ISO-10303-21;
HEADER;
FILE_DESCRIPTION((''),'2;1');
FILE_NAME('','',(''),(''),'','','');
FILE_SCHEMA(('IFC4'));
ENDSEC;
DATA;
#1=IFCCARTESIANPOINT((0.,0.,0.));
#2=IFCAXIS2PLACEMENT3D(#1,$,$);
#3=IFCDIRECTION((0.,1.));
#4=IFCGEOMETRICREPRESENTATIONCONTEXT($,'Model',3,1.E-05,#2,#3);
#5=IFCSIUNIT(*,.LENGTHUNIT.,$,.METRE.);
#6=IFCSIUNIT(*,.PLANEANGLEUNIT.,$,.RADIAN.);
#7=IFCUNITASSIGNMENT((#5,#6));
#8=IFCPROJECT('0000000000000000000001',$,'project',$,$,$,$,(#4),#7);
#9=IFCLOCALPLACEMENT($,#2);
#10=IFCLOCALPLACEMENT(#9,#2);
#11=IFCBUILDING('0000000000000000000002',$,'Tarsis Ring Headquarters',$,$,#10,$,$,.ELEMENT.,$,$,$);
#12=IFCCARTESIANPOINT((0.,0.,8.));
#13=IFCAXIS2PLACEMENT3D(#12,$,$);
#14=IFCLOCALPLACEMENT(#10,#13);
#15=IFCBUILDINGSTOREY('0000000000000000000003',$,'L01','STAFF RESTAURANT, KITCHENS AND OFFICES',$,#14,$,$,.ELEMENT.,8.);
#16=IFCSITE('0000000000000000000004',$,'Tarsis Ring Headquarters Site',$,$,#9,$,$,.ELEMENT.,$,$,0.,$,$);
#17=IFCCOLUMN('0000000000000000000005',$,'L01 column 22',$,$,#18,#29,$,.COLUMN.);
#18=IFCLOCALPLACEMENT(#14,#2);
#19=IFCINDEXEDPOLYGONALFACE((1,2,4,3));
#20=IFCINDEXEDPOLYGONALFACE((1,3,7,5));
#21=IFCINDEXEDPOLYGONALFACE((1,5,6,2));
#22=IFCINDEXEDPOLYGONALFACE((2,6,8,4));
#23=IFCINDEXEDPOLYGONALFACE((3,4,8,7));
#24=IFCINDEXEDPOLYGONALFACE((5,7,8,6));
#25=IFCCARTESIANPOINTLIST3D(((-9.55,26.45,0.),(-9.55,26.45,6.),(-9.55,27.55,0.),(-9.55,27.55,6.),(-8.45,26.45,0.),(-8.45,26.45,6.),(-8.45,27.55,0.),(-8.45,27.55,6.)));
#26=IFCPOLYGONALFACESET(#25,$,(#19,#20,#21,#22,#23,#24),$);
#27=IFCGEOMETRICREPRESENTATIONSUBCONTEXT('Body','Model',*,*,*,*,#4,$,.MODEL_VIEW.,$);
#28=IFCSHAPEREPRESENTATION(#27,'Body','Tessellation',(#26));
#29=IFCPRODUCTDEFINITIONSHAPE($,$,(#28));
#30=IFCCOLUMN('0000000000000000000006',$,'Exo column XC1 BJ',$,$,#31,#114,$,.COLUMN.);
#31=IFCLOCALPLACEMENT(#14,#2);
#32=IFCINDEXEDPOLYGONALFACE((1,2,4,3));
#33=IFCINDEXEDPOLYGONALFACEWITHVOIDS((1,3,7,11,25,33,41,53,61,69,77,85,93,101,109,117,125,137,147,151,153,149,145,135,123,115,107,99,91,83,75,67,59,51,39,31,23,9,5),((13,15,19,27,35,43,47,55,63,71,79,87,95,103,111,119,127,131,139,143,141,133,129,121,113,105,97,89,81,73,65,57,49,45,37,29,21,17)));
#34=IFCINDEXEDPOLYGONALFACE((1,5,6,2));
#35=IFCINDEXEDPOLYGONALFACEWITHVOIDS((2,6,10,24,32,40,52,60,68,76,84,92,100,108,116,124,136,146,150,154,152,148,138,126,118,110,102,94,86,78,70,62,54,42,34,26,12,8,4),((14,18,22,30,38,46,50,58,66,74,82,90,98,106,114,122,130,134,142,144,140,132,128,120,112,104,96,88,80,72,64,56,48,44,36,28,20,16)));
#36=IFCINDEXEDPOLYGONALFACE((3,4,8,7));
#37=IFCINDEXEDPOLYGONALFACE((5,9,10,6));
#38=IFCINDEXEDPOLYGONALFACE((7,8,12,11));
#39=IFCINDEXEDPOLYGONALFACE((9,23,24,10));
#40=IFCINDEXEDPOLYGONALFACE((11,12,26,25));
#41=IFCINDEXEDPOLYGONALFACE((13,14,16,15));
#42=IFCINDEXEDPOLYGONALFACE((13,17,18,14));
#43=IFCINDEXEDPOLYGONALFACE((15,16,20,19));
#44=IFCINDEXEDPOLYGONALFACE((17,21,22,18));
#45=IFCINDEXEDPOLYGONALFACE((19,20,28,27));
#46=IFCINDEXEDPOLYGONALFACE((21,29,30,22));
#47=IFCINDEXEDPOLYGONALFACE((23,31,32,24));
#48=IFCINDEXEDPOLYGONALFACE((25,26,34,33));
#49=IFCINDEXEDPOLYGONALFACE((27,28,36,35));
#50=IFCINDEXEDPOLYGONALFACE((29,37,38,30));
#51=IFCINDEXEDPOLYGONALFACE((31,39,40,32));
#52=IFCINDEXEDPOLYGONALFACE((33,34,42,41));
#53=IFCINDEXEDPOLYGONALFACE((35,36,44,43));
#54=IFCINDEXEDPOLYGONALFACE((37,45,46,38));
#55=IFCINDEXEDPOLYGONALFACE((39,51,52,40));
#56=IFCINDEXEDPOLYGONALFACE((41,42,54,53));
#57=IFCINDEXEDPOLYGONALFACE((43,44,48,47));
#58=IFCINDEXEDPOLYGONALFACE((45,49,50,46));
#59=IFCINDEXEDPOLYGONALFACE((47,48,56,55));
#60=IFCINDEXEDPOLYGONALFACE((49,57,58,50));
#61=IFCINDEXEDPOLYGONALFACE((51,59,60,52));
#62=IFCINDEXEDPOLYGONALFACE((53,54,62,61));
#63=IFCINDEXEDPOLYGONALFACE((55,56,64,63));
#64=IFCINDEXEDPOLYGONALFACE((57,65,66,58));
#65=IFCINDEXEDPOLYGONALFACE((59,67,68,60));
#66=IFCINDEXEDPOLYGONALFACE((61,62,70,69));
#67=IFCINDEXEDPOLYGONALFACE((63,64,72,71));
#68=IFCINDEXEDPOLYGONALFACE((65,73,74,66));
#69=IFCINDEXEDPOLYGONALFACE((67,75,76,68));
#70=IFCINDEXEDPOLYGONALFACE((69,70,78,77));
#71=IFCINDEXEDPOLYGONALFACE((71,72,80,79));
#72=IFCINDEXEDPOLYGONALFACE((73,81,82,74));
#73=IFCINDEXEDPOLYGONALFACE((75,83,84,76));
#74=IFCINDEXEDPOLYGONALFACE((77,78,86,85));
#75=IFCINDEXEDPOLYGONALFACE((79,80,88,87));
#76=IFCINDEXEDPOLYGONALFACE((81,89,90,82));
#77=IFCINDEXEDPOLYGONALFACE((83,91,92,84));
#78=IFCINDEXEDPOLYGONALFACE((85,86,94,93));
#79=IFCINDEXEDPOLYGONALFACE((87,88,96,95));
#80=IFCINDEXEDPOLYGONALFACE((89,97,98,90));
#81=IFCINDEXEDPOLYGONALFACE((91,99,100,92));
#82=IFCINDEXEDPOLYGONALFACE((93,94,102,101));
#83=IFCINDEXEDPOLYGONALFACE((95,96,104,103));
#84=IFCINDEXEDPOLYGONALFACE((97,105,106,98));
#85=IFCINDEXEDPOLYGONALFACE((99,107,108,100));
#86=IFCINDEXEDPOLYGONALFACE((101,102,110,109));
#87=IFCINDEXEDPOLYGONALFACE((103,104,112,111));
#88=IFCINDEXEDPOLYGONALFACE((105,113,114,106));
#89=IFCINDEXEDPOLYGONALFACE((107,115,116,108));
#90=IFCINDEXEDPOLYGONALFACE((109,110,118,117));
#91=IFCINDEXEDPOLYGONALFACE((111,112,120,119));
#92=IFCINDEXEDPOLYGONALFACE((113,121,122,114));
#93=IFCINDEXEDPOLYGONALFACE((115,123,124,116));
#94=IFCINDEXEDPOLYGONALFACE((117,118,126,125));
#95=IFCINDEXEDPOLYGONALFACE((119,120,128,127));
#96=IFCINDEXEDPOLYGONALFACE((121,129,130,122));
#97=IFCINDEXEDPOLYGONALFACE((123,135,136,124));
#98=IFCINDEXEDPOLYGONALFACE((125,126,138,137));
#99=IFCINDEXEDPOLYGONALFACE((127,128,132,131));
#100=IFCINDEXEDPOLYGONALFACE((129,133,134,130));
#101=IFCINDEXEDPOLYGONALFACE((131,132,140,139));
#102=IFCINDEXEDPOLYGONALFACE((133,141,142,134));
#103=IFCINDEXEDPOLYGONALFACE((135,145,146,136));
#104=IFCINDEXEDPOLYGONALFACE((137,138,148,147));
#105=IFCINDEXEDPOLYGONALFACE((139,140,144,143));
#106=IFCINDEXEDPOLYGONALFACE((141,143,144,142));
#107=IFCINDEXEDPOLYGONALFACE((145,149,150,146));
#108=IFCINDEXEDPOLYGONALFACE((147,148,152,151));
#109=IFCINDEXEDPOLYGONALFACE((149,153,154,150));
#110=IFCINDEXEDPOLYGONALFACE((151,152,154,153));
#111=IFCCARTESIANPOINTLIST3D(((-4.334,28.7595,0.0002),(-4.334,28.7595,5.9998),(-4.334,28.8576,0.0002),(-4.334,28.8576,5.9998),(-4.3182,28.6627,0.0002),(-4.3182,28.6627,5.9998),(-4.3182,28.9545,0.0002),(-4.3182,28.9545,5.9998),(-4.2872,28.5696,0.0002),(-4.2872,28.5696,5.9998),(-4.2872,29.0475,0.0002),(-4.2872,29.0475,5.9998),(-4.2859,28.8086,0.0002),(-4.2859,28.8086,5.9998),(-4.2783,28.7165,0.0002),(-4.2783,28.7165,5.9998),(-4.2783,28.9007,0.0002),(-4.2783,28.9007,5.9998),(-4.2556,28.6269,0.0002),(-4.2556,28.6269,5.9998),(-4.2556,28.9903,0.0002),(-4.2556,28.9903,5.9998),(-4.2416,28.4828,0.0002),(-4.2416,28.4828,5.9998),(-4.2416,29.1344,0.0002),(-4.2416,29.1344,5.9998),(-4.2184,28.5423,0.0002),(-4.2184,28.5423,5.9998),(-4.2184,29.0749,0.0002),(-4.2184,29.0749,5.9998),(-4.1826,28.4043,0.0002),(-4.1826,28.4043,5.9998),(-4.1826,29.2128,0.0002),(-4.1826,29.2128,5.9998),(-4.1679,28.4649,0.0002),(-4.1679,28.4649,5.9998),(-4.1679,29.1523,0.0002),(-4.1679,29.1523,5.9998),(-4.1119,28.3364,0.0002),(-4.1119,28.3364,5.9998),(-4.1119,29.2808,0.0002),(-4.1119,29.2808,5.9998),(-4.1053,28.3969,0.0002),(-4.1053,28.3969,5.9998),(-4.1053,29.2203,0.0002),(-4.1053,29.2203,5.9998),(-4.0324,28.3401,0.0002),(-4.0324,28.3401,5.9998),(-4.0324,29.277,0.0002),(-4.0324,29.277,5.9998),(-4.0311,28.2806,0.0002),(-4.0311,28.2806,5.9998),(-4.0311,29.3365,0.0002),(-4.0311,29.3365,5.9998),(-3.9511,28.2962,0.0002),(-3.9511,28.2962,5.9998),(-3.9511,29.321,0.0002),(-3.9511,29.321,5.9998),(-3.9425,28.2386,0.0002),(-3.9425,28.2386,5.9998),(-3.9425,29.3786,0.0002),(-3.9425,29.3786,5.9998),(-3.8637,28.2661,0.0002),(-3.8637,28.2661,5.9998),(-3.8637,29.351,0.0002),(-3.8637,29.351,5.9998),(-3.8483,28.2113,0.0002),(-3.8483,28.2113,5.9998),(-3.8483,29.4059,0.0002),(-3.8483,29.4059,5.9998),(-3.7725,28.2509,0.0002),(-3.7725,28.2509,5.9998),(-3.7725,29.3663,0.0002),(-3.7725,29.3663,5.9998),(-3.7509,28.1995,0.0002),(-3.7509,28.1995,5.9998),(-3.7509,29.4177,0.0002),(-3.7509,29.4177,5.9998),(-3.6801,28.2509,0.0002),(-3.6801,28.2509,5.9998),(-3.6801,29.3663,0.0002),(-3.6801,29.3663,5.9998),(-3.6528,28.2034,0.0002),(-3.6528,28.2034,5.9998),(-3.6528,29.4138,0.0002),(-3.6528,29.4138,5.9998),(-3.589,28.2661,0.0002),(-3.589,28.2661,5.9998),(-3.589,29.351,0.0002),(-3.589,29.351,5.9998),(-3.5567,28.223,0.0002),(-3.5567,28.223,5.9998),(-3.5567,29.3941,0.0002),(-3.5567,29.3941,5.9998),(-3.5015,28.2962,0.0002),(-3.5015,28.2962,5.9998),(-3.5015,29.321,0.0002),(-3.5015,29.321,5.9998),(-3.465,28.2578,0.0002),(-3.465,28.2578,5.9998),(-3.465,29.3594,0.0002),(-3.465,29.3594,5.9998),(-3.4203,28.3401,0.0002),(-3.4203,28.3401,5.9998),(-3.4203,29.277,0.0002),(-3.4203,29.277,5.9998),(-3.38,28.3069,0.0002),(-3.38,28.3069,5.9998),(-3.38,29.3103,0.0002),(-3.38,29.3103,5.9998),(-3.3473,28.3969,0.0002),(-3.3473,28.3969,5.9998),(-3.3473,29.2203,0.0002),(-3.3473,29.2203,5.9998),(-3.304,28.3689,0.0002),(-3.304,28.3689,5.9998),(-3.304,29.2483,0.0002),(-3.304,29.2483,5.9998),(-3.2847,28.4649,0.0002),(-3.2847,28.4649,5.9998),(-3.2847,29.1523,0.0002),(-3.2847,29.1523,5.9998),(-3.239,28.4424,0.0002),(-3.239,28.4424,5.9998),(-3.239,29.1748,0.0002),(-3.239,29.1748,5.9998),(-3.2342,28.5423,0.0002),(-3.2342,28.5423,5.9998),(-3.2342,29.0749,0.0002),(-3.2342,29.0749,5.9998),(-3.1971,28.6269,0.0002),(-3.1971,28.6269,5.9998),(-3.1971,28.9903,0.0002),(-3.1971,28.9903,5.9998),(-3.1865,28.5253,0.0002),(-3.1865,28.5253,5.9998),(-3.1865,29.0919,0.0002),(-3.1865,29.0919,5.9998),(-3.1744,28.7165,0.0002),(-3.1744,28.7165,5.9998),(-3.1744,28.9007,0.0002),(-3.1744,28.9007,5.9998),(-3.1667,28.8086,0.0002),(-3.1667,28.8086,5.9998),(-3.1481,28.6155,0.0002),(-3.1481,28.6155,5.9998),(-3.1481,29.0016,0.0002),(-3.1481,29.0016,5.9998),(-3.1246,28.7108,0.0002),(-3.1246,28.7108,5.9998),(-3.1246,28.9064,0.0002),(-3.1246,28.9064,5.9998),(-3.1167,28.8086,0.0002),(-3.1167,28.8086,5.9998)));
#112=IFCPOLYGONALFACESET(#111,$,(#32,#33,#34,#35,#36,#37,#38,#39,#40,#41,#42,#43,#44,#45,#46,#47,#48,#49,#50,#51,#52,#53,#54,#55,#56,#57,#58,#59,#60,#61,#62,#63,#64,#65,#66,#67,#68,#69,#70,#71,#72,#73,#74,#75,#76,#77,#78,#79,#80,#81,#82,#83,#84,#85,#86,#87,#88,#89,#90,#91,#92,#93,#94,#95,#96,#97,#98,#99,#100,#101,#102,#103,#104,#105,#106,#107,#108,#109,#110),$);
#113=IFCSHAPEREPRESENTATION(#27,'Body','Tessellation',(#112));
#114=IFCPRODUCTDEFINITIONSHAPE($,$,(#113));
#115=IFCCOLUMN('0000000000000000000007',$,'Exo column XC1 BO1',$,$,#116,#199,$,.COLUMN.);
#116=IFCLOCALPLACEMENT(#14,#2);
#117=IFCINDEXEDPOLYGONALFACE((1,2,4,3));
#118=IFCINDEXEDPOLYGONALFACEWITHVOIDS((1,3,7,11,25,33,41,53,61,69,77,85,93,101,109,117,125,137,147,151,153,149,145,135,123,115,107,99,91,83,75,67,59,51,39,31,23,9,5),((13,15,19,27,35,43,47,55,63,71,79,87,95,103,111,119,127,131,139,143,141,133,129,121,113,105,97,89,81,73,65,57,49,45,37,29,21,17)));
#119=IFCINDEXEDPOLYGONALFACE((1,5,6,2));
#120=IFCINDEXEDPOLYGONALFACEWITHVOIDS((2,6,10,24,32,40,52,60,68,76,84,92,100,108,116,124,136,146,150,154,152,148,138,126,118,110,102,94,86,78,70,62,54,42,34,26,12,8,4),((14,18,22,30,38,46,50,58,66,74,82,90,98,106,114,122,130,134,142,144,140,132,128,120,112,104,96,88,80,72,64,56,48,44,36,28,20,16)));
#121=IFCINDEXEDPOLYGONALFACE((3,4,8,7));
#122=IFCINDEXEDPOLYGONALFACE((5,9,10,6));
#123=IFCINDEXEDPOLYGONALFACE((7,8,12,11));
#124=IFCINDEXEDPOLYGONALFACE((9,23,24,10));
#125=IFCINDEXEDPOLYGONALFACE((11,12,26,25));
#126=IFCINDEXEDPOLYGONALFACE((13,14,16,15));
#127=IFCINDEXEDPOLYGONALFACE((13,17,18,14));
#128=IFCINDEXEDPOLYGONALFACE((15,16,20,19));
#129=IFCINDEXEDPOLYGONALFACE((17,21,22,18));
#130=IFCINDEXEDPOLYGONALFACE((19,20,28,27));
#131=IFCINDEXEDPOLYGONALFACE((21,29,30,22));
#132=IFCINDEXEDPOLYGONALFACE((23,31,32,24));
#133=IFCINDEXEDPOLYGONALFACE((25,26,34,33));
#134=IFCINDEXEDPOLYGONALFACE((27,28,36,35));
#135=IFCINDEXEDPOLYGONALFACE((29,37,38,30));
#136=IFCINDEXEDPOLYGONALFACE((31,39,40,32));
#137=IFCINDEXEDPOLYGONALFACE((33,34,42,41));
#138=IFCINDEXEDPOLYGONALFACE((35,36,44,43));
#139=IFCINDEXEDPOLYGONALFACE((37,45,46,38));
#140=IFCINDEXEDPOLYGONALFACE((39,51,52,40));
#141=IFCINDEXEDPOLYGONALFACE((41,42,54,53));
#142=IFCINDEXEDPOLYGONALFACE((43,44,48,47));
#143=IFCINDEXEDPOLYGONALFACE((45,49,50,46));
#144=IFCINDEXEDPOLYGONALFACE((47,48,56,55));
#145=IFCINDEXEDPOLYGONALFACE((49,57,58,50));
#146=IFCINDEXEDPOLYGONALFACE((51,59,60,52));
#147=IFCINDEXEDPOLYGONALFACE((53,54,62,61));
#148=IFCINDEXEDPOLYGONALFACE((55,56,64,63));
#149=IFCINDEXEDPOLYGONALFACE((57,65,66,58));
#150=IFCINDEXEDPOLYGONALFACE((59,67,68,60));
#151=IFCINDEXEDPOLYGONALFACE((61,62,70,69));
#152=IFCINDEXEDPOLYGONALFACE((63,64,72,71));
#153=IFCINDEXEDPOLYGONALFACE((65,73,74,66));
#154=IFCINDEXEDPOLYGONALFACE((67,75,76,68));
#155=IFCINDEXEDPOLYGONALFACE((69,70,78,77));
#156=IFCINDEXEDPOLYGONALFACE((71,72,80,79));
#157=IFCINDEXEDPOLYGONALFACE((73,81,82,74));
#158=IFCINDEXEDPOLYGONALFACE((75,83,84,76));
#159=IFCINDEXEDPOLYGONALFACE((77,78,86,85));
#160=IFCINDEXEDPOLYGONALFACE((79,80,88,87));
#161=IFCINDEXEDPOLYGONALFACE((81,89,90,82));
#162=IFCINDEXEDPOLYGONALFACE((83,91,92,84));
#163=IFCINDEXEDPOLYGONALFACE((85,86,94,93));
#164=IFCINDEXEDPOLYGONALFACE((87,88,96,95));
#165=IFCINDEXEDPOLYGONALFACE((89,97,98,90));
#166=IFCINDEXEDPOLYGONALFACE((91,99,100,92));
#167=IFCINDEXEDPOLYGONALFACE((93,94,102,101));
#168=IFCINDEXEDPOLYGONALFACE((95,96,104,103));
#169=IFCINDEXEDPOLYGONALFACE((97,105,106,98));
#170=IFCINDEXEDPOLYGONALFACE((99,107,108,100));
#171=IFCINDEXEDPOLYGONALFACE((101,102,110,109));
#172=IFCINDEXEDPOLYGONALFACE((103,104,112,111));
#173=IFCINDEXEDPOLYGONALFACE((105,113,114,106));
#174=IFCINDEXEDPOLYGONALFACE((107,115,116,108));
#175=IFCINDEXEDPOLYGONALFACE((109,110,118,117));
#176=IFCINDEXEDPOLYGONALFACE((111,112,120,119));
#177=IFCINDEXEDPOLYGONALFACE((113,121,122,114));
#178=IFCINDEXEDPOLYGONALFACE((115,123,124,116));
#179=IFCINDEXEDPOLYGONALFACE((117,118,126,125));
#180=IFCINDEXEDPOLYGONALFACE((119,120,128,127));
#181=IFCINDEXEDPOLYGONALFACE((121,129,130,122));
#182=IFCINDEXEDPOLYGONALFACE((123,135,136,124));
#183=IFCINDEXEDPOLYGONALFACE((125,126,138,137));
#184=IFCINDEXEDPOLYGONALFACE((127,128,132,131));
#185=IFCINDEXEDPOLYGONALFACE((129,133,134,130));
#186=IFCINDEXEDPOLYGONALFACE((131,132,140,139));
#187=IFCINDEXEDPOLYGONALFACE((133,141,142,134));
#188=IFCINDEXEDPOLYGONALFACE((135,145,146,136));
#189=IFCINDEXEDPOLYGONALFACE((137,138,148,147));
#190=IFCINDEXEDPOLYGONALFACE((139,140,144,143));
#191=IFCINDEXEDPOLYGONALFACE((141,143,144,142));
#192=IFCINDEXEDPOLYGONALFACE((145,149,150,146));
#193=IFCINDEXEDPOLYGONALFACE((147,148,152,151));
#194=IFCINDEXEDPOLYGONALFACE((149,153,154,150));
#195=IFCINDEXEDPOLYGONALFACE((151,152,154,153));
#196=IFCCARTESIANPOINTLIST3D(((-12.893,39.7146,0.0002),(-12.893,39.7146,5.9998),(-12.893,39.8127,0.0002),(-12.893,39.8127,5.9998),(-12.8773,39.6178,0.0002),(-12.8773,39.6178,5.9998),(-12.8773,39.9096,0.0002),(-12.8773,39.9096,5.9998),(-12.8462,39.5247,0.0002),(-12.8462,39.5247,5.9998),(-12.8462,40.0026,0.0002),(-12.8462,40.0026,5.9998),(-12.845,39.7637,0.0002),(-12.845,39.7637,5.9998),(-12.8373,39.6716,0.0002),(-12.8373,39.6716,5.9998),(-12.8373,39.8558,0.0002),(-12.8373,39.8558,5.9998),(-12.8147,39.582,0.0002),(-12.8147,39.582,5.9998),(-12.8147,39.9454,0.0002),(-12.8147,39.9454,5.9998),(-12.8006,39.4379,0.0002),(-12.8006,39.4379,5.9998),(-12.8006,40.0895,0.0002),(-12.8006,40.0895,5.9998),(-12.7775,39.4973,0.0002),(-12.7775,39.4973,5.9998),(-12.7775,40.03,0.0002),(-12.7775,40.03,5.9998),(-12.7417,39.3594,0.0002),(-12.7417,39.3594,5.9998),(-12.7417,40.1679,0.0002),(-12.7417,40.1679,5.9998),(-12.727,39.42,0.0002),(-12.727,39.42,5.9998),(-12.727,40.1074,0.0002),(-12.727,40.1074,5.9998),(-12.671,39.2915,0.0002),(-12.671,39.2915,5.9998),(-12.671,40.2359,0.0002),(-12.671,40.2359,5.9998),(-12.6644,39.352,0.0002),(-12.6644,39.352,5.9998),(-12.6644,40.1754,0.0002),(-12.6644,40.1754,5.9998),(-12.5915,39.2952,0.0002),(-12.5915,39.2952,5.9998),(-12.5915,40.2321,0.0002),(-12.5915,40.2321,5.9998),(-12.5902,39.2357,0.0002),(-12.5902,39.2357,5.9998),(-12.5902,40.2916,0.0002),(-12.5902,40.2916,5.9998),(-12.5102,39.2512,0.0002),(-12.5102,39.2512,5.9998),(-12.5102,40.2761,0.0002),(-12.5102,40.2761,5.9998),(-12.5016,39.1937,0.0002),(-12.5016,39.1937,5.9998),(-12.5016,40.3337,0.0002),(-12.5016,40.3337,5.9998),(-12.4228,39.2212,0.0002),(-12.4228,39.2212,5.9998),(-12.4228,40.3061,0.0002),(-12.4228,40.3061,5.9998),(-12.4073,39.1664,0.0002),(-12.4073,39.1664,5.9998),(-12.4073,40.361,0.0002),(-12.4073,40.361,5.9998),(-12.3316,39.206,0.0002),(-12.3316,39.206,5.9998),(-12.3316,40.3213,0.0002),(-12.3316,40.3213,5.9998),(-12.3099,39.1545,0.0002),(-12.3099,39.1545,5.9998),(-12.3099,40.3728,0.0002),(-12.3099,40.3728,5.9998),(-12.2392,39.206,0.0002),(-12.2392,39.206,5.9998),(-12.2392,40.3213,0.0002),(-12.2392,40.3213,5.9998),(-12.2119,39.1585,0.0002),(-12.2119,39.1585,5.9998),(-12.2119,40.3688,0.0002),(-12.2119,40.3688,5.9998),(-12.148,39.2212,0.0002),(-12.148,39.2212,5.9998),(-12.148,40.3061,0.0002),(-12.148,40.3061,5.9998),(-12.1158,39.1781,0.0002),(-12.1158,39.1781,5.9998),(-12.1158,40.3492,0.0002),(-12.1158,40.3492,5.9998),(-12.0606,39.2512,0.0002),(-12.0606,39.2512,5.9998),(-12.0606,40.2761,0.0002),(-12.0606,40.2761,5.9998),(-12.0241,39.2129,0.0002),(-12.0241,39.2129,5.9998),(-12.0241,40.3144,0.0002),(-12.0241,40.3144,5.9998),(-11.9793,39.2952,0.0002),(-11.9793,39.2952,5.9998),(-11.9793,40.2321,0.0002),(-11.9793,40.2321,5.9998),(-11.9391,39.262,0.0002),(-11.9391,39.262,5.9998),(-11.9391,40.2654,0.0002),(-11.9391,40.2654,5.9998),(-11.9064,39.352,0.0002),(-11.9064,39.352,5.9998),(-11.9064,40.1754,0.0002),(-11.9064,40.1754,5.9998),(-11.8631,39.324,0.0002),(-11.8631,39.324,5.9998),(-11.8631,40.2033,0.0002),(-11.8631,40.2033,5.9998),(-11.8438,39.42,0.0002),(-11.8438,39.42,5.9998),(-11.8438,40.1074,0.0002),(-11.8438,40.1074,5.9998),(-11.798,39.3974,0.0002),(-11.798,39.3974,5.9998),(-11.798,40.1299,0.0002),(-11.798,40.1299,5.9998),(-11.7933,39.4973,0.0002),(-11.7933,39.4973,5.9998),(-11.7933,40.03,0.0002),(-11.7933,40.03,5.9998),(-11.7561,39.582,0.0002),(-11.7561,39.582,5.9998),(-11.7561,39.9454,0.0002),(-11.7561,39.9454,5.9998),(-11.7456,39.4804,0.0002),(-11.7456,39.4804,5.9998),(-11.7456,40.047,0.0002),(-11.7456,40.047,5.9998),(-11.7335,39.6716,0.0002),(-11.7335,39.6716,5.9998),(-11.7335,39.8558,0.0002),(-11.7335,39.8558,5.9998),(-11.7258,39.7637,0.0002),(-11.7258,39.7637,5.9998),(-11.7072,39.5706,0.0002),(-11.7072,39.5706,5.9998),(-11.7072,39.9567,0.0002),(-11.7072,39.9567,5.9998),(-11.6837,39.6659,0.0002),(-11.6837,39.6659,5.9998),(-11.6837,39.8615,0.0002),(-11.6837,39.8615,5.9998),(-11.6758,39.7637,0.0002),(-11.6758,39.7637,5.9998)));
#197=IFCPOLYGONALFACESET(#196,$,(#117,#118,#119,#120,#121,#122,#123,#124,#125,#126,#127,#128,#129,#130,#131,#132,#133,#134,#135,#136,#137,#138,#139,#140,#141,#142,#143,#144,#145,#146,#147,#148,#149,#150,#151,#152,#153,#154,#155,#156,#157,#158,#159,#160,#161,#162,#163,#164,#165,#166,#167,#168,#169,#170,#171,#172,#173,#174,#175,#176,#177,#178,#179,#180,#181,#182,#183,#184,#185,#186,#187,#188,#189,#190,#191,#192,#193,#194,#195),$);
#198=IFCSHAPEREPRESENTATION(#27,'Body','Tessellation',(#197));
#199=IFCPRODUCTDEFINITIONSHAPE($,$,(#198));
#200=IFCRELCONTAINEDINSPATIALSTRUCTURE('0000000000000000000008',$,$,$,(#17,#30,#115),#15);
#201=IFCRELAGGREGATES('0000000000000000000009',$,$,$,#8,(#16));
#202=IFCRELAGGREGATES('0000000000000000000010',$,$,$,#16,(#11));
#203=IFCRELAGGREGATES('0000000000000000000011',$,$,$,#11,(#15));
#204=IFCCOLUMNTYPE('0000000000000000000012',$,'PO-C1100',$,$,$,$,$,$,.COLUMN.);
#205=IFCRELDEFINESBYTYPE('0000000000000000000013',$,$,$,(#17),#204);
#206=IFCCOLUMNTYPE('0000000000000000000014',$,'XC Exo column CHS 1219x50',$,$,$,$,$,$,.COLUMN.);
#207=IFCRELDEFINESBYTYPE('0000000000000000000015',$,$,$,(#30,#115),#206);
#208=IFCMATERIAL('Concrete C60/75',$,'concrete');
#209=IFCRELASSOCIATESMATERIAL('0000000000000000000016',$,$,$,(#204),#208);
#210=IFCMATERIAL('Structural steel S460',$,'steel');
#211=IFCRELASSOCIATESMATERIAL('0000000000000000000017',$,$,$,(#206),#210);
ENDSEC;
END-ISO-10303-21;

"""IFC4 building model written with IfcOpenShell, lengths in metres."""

from ifc_helpers import new_model, si_unit, direction, frame, origin, origin_2d, place, context, subcontext, project, spatial, rectangle, hollow_circle, extrude, material, material_profile, profile_set, type_object, element, save


model = new_model("IFC4")

# Units and contexts
model_context = context("Model", 3, precision=1e-05, world=origin(), true_north=direction((0.0, 1.0)))
body_context = subcontext(model_context, "Body", "Model", "MODEL_VIEW")
ifc_project = project(units=[si_unit("LENGTHUNIT", "METRE"), si_unit("PLANEANGLEUNIT", "RADIAN")], contexts=[model_context])

# Site, building, storey
site_placement = place(None, origin())
site = spatial("IfcSite", under=ifc_project, at=site_placement, Name="Tarsis Ring Headquarters Site", CompositionType="ELEMENT", RefElevation=0.0)
building_placement = place(site_placement, origin())
building = spatial("IfcBuilding", under=site, at=building_placement, Name="Tarsis Ring Headquarters", CompositionType="ELEMENT")
storey_placement = place(building_placement, frame((0.0, 0.0, 8.0)))
storey = spatial("IfcBuildingStorey", under=building, at=storey_placement, Name="L01", Description="STAFF RESTAURANT, KITCHENS AND OFFICES", CompositionType="ELEMENT", Elevation=8.0)

# Columns
ifc_material_1 = material(Name="Concrete C60/75", Category="concrete")
ifc_material_profile_1 = material_profile(ifc_material_1, rectangle(XDim=1.1001, YDim=1.1001, at=origin_2d()), Name="PO-C1100")
ifc_profile_set_1 = profile_set([ifc_material_profile_1], Name="Concrete C60/75")
column_type_1 = type_object("IfcColumnType", Name="PO-C1100", PredefinedType="COLUMN", material=ifc_profile_set_1)
column_placement = place(storey_placement, frame((-9.0, 27.0, 0.0), z_axis=(0.0, 0.0, 1.0), x_axis=(1.0, 0.0, 0.0)))
element("IfcColumn", 1, at=column_placement, inside=storey, type_object=column_type_1, Name="L01 column 22", PredefinedType="COLUMN", context=body_context, shape_type="SweptSolid", body=[
    extrude(rectangle(XDim=1.1001, YDim=1.1001, at=origin_2d()), origin(), (0.0, 0.0, 1.0), 6.0),
])
ifc_material_2 = material(Name="Structural steel S460", Category="steel")
ifc_material_profile_2 = material_profile(ifc_material_2, hollow_circle(Radius=0.6096, WallThickness=0.05, at=origin_2d()), Name="CHS 1219x50")
ifc_profile_set_2 = profile_set([ifc_material_profile_2], Name="Structural steel S460")
column_type_2 = type_object("IfcColumnType", Name="XC Exo column CHS 1219x50", PredefinedType="COLUMN", material=ifc_profile_set_2)
for number, where, z_axis, x_axis, name in (
    (2, (-3.7263, 28.8086, 0.0002), (0.0, 0.0, 1.0), (1.0, 0.0, 0.0), "Exo column XC1 BJ"),
    (3, (-12.2854, 39.7637, 0.0002), (0.0, 0.0, 1.0), (1.0, 0.0, 0.0), "Exo column XC1 BO1"),
):
    element("IfcColumn", number, at=place(storey_placement, frame(where, z_axis=z_axis, x_axis=x_axis)), inside=storey, type_object=column_type_2, Name=name, PredefinedType="COLUMN", context=body_context, shape_type="SweptSolid", body=[
        extrude(hollow_circle(Radius=0.6096, WallThickness=0.05, at=origin_2d()), origin(), (0.0, 0.0, 1.0), 5.9995),
    ])

save(model, "model.ifc")
